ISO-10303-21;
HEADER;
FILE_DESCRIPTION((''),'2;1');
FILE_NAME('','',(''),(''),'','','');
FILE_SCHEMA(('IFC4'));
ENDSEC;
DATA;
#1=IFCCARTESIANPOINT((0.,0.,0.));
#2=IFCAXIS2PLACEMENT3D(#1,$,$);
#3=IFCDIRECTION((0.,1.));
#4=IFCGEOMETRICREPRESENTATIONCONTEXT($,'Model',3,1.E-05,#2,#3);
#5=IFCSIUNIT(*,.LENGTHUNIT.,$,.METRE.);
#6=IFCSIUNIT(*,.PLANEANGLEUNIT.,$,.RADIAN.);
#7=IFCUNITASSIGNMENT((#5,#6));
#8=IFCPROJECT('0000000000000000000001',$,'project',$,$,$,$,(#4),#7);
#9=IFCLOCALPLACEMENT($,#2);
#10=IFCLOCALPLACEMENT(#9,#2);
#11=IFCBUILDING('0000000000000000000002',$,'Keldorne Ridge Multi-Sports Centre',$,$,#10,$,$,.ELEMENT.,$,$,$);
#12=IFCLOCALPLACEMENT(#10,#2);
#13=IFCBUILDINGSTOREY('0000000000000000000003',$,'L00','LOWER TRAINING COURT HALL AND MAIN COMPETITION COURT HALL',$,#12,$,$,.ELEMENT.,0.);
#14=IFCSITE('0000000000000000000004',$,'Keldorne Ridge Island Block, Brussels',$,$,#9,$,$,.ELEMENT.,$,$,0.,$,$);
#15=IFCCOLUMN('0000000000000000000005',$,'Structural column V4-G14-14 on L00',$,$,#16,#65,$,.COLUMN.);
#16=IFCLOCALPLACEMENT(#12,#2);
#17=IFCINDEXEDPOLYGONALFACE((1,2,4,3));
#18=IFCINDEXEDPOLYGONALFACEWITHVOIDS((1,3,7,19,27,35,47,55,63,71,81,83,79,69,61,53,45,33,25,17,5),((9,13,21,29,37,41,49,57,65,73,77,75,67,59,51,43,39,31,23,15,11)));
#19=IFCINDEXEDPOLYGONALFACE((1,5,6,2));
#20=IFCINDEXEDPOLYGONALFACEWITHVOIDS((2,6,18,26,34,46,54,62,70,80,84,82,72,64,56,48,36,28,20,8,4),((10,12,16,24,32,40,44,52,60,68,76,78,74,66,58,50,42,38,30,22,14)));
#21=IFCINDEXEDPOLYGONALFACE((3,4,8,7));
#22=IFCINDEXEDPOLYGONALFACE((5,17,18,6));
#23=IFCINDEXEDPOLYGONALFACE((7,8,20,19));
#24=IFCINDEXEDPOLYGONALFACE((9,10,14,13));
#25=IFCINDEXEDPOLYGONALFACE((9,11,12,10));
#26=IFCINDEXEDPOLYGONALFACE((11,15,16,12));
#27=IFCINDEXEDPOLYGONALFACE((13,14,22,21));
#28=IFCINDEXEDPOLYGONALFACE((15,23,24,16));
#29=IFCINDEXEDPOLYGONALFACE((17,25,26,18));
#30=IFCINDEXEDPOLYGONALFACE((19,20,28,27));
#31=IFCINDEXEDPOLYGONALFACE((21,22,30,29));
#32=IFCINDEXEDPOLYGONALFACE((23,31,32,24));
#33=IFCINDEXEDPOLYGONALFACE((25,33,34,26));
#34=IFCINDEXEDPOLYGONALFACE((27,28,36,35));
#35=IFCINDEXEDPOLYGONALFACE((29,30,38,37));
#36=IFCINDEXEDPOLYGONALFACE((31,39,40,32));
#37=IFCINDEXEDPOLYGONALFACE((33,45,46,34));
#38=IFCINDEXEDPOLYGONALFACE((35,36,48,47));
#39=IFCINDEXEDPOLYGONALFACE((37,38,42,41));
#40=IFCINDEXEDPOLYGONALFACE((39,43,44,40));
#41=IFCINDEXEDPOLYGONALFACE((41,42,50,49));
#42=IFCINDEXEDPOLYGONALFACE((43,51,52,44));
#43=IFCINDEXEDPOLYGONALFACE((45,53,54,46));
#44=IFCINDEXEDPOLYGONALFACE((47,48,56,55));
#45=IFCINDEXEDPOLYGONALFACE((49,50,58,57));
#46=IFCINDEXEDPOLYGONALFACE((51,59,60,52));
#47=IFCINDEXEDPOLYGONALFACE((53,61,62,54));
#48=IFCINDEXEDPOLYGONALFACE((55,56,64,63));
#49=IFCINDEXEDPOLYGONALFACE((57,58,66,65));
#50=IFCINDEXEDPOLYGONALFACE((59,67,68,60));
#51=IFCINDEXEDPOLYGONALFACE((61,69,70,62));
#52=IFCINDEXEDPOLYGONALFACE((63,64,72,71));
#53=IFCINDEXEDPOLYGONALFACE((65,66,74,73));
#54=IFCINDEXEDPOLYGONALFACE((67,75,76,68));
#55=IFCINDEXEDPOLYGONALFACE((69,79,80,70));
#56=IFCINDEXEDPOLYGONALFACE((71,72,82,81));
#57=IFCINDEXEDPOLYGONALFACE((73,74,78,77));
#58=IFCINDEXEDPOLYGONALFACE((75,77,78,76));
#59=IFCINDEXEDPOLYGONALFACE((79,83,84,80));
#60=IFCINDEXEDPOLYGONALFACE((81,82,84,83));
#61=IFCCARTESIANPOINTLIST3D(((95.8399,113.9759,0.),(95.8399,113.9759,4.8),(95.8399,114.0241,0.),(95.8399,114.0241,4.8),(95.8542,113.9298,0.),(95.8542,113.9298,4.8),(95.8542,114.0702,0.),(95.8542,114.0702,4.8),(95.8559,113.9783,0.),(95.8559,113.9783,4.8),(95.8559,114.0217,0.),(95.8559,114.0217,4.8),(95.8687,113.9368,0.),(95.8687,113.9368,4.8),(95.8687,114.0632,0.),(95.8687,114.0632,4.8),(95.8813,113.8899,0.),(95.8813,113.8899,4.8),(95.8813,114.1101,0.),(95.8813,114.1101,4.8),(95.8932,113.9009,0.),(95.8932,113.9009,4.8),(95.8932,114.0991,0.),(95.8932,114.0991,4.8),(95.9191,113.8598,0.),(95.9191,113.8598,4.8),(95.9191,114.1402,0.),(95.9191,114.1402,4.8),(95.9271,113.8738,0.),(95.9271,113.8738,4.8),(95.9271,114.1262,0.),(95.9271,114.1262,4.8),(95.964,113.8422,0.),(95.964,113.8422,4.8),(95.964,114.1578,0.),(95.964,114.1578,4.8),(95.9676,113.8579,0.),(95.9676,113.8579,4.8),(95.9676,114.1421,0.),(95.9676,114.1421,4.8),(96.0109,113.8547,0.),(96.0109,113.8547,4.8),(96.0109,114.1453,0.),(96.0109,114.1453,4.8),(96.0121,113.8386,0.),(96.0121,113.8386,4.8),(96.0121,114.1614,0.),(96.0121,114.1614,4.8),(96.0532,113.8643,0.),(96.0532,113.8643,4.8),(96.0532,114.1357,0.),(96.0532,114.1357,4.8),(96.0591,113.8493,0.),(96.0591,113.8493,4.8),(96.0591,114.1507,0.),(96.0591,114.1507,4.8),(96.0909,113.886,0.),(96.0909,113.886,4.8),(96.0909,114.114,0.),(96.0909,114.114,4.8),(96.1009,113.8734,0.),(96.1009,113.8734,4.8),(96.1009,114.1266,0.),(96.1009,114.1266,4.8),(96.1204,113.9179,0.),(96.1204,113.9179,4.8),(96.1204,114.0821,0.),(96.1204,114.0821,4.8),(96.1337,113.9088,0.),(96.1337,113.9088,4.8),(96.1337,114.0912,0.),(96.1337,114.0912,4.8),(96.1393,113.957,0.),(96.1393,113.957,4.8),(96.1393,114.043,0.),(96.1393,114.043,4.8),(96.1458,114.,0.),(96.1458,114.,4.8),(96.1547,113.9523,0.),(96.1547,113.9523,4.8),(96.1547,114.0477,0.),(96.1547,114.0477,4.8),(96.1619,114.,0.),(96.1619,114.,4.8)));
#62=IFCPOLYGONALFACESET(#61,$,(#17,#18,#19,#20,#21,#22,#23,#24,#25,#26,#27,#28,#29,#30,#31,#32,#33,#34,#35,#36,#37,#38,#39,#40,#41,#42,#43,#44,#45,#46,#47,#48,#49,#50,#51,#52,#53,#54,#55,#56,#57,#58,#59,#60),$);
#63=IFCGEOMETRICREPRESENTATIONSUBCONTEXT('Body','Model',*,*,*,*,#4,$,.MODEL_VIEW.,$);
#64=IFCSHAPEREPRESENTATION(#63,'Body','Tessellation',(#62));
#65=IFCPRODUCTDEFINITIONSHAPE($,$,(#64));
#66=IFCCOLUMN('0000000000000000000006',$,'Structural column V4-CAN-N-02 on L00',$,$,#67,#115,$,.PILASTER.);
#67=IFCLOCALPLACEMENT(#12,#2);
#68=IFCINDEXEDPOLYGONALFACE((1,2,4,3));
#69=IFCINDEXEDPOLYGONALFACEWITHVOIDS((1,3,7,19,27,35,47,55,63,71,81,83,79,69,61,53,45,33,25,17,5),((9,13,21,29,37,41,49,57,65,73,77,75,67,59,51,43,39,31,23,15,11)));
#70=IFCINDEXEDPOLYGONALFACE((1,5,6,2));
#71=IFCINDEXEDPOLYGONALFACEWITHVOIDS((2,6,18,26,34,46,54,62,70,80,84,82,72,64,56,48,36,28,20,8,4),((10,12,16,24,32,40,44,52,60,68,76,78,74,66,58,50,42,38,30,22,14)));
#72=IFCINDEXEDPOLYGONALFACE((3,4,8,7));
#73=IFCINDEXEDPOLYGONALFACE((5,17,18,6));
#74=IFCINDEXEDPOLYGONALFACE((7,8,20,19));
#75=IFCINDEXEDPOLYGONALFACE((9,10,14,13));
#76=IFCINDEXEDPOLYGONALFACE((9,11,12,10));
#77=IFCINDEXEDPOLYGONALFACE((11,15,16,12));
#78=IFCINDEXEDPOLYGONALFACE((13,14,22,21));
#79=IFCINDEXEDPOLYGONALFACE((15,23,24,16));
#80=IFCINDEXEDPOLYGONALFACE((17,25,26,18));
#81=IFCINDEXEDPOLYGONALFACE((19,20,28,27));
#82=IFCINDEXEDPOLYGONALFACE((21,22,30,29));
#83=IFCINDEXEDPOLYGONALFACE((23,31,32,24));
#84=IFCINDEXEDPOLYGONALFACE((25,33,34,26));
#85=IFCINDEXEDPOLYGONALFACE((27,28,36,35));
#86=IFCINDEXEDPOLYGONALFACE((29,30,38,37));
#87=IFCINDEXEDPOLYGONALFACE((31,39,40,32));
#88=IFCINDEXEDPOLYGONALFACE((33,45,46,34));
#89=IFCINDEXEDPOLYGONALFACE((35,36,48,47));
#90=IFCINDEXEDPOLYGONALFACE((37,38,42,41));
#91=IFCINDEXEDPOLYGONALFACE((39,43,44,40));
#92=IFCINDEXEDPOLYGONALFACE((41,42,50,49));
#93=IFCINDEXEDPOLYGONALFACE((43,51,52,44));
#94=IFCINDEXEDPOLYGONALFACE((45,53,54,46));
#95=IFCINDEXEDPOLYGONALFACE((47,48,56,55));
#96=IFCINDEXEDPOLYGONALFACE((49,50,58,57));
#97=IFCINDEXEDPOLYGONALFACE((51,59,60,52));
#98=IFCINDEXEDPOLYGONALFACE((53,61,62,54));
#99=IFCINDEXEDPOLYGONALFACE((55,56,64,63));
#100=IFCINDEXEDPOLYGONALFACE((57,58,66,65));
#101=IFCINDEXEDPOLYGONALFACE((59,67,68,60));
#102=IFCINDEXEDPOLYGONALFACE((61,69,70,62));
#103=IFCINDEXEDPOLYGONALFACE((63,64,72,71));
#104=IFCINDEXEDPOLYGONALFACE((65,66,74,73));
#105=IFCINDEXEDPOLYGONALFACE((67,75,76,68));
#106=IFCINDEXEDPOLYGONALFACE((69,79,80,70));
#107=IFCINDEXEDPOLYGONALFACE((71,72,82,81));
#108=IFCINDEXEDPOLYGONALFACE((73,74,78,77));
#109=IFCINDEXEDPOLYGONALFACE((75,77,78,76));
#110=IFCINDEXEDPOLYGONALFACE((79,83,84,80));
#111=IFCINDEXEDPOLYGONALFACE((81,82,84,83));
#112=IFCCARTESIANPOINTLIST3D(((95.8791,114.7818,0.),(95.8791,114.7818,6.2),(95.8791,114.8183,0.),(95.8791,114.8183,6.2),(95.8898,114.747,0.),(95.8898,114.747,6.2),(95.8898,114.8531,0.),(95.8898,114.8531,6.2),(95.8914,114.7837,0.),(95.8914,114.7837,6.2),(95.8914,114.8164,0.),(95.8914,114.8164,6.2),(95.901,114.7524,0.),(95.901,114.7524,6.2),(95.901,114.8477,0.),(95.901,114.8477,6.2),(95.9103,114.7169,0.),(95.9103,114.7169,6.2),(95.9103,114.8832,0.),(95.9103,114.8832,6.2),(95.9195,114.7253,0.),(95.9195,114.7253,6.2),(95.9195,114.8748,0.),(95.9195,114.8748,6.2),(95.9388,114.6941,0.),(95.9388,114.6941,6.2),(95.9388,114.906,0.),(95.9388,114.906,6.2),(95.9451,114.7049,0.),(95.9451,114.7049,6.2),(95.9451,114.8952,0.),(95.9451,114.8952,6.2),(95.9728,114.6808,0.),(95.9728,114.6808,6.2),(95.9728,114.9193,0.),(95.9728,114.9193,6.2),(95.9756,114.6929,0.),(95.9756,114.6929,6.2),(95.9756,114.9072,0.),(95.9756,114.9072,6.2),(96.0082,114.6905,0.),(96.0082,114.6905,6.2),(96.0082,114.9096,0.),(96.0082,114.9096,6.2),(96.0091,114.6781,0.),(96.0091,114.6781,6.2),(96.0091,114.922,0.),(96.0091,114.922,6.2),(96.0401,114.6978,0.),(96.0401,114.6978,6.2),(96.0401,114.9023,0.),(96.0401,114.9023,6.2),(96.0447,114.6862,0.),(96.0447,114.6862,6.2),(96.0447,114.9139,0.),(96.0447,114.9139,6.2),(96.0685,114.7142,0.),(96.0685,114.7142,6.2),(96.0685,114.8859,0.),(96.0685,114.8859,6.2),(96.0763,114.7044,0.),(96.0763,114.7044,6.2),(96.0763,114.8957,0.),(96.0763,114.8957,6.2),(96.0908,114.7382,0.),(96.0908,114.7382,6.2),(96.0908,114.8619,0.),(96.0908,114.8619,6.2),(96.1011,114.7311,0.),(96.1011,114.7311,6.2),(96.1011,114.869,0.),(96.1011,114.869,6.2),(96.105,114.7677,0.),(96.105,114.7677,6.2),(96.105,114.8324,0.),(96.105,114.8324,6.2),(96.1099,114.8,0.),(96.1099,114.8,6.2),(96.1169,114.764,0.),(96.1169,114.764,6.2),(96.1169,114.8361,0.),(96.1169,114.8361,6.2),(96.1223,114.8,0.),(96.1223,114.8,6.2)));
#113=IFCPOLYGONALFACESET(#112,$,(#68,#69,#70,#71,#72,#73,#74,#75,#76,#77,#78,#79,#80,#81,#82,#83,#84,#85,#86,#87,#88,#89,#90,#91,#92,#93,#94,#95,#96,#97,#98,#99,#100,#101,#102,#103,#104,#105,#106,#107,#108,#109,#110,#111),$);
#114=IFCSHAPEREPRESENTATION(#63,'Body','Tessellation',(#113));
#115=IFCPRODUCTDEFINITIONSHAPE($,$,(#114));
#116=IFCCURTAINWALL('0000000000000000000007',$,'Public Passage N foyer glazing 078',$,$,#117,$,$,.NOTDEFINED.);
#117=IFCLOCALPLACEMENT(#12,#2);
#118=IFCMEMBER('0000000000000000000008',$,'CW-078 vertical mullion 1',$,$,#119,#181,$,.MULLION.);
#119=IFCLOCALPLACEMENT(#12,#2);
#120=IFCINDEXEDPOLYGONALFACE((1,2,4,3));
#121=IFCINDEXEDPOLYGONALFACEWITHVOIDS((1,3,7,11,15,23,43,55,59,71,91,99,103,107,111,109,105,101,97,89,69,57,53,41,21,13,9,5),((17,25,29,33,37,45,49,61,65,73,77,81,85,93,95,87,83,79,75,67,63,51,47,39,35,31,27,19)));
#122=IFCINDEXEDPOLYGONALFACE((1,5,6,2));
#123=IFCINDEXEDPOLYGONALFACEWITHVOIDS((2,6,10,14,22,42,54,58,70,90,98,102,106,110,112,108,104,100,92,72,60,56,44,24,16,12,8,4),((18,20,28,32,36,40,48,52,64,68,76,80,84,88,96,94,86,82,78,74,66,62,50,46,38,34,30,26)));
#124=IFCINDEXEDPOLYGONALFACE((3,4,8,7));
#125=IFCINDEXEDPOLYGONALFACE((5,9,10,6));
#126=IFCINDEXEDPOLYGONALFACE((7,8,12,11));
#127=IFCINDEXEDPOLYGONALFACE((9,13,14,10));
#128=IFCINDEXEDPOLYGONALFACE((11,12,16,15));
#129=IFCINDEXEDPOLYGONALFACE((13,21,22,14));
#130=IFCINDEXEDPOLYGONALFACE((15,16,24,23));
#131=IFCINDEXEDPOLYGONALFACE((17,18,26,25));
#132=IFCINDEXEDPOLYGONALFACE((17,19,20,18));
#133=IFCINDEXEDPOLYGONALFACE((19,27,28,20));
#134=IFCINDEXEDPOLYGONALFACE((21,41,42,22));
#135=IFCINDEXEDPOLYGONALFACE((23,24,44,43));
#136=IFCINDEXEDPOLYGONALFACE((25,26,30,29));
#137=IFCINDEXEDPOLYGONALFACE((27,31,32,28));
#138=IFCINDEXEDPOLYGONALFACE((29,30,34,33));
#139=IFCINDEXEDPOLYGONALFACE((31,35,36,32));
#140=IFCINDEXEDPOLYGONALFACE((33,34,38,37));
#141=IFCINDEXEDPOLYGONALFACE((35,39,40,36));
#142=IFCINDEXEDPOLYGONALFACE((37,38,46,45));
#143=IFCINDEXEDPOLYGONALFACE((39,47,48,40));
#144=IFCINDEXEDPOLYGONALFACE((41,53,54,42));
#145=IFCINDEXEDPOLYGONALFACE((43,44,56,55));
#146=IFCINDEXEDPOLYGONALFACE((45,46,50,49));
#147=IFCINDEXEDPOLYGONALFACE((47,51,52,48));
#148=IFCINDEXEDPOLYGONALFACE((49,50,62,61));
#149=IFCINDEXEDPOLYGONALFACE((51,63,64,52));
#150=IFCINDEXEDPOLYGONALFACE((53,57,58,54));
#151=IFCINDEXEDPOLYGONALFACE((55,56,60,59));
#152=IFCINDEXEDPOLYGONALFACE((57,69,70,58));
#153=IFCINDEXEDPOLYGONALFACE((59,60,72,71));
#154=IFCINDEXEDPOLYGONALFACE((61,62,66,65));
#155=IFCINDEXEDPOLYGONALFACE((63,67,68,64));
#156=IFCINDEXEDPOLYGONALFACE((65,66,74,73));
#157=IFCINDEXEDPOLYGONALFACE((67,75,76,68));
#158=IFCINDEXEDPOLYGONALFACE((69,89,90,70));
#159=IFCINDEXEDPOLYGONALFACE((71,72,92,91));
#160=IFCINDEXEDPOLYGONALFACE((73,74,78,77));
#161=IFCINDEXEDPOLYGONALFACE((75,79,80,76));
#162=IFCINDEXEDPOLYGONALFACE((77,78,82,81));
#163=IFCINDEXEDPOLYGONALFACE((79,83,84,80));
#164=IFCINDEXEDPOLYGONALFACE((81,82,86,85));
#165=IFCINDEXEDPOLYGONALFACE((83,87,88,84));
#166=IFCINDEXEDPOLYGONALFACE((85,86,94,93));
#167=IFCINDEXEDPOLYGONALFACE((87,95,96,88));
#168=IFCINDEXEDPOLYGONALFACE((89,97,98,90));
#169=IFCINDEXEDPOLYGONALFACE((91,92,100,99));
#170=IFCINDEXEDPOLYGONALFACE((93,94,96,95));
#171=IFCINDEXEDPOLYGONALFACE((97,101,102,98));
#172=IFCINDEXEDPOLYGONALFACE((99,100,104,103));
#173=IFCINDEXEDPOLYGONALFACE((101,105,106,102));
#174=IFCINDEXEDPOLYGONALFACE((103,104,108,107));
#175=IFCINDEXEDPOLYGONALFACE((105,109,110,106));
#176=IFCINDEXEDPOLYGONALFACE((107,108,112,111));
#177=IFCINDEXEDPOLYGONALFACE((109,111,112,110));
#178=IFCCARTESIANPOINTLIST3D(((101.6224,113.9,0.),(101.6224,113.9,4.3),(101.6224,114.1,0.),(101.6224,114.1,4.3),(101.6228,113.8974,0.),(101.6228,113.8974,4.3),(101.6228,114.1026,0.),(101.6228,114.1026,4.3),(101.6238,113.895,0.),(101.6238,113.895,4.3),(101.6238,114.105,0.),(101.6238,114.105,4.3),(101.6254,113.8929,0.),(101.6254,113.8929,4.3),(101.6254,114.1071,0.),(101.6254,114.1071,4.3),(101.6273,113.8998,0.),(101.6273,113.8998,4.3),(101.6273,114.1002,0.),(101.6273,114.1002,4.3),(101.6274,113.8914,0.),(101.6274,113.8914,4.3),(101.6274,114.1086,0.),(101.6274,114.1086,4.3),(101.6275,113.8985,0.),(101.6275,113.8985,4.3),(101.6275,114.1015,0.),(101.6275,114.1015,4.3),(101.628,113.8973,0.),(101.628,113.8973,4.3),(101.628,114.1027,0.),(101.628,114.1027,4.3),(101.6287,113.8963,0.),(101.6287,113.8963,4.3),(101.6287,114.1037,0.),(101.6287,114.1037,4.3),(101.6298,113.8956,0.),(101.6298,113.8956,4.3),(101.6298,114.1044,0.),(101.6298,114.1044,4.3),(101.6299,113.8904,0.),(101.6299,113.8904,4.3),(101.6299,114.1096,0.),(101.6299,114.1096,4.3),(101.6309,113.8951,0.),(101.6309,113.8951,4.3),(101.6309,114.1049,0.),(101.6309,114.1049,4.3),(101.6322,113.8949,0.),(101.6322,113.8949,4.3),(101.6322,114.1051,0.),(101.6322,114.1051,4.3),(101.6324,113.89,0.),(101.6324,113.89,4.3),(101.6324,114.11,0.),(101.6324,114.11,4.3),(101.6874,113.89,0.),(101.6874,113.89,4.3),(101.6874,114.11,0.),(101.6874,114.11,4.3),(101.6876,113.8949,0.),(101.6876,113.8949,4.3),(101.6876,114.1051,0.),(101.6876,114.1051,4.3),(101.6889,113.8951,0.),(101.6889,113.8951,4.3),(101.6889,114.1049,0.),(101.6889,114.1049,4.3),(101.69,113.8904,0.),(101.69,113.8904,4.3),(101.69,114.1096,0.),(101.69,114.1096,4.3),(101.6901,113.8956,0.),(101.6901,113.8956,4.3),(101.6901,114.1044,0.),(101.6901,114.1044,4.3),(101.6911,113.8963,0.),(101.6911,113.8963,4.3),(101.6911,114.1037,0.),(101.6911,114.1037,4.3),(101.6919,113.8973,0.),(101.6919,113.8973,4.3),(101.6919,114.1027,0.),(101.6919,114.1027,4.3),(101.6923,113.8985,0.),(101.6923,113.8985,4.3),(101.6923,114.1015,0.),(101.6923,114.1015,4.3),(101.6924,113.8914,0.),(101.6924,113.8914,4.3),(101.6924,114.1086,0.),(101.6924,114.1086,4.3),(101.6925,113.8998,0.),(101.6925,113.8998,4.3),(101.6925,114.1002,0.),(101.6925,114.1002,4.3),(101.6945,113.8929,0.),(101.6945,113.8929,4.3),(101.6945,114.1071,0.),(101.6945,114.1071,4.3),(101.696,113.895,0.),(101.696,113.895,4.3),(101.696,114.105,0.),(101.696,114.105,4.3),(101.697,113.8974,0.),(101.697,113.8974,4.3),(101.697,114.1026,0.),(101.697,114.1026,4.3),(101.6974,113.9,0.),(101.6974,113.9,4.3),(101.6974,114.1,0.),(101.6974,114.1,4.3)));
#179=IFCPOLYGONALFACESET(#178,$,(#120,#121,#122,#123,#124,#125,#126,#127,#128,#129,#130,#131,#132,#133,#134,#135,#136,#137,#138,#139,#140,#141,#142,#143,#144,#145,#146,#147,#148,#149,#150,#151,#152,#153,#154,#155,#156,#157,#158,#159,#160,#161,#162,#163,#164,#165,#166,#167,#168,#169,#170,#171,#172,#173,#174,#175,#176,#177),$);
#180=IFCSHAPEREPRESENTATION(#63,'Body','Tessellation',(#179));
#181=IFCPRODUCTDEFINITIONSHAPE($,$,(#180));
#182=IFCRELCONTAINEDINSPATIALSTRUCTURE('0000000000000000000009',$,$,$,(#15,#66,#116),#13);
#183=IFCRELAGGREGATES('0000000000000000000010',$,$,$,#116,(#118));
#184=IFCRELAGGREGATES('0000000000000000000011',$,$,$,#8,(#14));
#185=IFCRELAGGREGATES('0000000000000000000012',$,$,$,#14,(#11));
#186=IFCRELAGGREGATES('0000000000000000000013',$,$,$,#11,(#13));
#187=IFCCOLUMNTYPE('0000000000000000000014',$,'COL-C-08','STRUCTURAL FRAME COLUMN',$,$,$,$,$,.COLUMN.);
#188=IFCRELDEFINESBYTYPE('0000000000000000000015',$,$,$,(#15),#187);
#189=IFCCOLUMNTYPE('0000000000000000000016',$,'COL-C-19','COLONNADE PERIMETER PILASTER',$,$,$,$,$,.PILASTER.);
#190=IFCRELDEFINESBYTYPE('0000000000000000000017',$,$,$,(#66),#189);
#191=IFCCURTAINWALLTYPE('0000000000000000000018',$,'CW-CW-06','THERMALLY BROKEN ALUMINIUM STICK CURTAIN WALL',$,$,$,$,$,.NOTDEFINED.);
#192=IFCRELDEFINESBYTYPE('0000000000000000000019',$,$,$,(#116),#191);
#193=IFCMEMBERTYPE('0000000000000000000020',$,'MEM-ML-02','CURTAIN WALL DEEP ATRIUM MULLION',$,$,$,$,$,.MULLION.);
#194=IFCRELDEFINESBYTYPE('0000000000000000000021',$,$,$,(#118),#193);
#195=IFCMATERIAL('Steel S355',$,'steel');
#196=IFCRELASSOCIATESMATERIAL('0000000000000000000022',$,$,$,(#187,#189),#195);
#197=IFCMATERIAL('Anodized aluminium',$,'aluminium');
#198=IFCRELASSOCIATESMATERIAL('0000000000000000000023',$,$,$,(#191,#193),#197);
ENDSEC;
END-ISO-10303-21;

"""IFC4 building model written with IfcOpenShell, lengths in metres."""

from ifc_helpers import new_model, si_unit, direction, frame, origin, origin_2d, place, context, subcontext, project, spatial, hollow_rectangle, hollow_circle, extrude, material, material_profile, profile_set, type_object, element, aggregate, save


model = new_model("IFC4")

# Units and contexts
model_context = context("Model", 3, precision=1e-05, world=origin(), true_north=direction((0.0, 1.0)))
body_context = subcontext(model_context, "Body", "Model", "MODEL_VIEW")
ifc_project = project(units=[si_unit("LENGTHUNIT", "METRE"), si_unit("PLANEANGLEUNIT", "RADIAN")], contexts=[model_context])

# Site, building, storey
site_placement = place(None, origin())
site = spatial("IfcSite", under=ifc_project, at=site_placement, Name="Keldorne Ridge Island Block, Brussels", CompositionType="ELEMENT", RefElevation=0.0)
building_placement = place(site_placement, origin())
building = spatial("IfcBuilding", under=site, at=building_placement, Name="Keldorne Ridge Multi-Sports Centre", CompositionType="ELEMENT")
storey_placement = place(building_placement, origin())
storey = spatial("IfcBuildingStorey", under=building, at=storey_placement, Name="L00", Description="LOWER TRAINING COURT HALL AND MAIN COMPETITION COURT HALL", CompositionType="ELEMENT", Elevation=0.0)

# Columns
ifc_material_1 = material(Name="Steel S355", Category="steel")
ifc_material_profile_1 = material_profile(ifc_material_1, hollow_circle(Radius=0.1619, WallThickness=0.0161, at=origin_2d()), Name="CHS 323.9x16")
ifc_profile_set_1 = profile_set([ifc_material_profile_1], Name="Steel S355")
column_type_1 = type_object("IfcColumnType", Name="COL-C-08", Description="STRUCTURAL FRAME COLUMN", PredefinedType="COLUMN", material=ifc_profile_set_1)
for number, where, z_axis, x_axis, name in (
    (1, (96.0, 114.0, 0.0), (0.0, 0.0, 1.0), (1.0, 0.0, 0.0), "Structural column V4-G14-14 on L00"),
):
    element("IfcColumn", number, at=place(storey_placement, frame(where, z_axis=z_axis, x_axis=x_axis)), inside=storey, type_object=column_type_1, Name=name, PredefinedType="COLUMN", context=body_context, shape_type="SweptSolid", body=[
        extrude(hollow_circle(Radius=0.1619, WallThickness=0.0161, at=origin_2d()), origin(), (0.0, 0.0, 1.0), 4.8),
    ])
ifc_material_profile_2 = material_profile(ifc_material_1, hollow_circle(Radius=0.1223, WallThickness=0.0125, at=origin_2d()), Name="CHS 244.5x12.5")
ifc_profile_set_2 = profile_set([ifc_material_profile_2], Name="Steel S355")
column_type_2 = type_object("IfcColumnType", Name="COL-C-19", Description="COLONNADE PERIMETER PILASTER", PredefinedType="PILASTER", material=ifc_profile_set_2)
column_placement = place(storey_placement, frame((96.0, 114.8, 0.0), z_axis=(0.0, 0.0, 1.0), x_axis=(1.0, 0.0, 0.0)))
element("IfcColumn", 2, at=column_placement, inside=storey, type_object=column_type_2, Name="Structural column V4-CAN-N-02 on L00", PredefinedType="PILASTER", context=body_context, shape_type="SweptSolid", body=[
    extrude(hollow_circle(Radius=0.1223, WallThickness=0.0125, at=origin_2d()), origin(), (0.0, 0.0, 1.0), 6.2),
])

# Curtain wall, member
ifc_material_2 = material(Name="Anodized aluminium", Category="aluminium")
curtain_wall_type = type_object("IfcCurtainWallType", Name="CW-CW-06", Description="THERMALLY BROKEN ALUMINIUM STICK CURTAIN WALL", PredefinedType="NOTDEFINED", material=ifc_material_2)
curtain_wall_placement = place(storey_placement, origin())
curtain_wall = element("IfcCurtainWall", 3, at=curtain_wall_placement, inside=storey, type_object=curtain_wall_type, Name="Public Passage N foyer glazing 078", PredefinedType="NOTDEFINED")
ifc_material_profile_3 = material_profile(ifc_material_2, hollow_rectangle(XDim=0.075, YDim=0.22, WallThickness=0.0049, InnerFilletRadius=0.0049, OuterFilletRadius=0.01, at=origin_2d()), Name="ALU MULLION 220x75x5")
ifc_profile_set_3 = profile_set([ifc_material_profile_3], Name="Anodized aluminium")
member_type_1 = type_object("IfcMemberType", Name="MEM-ML-02", Description="CURTAIN WALL DEEP ATRIUM MULLION", PredefinedType="MULLION", material=ifc_profile_set_3)
member_1_placement = place(storey_placement, frame((101.6599, 114.0, 0.0), z_axis=(0.0, 0.0, 1.0), x_axis=(1.0, 0.0, 0.0)))
member_1 = element("IfcMember", 4, at=member_1_placement, type_object=member_type_1, Name="CW-078 vertical mullion 1", PredefinedType="MULLION", context=body_context, shape_type="SweptSolid", body=[
    extrude(hollow_rectangle(XDim=0.075, YDim=0.22, WallThickness=0.0049, InnerFilletRadius=0.0049, OuterFilletRadius=0.01, at=origin_2d()), origin(), (0.0, 0.0, 1.0), 4.3),
])
aggregate(curtain_wall, [member_1])

save(model, "model.ifc")
